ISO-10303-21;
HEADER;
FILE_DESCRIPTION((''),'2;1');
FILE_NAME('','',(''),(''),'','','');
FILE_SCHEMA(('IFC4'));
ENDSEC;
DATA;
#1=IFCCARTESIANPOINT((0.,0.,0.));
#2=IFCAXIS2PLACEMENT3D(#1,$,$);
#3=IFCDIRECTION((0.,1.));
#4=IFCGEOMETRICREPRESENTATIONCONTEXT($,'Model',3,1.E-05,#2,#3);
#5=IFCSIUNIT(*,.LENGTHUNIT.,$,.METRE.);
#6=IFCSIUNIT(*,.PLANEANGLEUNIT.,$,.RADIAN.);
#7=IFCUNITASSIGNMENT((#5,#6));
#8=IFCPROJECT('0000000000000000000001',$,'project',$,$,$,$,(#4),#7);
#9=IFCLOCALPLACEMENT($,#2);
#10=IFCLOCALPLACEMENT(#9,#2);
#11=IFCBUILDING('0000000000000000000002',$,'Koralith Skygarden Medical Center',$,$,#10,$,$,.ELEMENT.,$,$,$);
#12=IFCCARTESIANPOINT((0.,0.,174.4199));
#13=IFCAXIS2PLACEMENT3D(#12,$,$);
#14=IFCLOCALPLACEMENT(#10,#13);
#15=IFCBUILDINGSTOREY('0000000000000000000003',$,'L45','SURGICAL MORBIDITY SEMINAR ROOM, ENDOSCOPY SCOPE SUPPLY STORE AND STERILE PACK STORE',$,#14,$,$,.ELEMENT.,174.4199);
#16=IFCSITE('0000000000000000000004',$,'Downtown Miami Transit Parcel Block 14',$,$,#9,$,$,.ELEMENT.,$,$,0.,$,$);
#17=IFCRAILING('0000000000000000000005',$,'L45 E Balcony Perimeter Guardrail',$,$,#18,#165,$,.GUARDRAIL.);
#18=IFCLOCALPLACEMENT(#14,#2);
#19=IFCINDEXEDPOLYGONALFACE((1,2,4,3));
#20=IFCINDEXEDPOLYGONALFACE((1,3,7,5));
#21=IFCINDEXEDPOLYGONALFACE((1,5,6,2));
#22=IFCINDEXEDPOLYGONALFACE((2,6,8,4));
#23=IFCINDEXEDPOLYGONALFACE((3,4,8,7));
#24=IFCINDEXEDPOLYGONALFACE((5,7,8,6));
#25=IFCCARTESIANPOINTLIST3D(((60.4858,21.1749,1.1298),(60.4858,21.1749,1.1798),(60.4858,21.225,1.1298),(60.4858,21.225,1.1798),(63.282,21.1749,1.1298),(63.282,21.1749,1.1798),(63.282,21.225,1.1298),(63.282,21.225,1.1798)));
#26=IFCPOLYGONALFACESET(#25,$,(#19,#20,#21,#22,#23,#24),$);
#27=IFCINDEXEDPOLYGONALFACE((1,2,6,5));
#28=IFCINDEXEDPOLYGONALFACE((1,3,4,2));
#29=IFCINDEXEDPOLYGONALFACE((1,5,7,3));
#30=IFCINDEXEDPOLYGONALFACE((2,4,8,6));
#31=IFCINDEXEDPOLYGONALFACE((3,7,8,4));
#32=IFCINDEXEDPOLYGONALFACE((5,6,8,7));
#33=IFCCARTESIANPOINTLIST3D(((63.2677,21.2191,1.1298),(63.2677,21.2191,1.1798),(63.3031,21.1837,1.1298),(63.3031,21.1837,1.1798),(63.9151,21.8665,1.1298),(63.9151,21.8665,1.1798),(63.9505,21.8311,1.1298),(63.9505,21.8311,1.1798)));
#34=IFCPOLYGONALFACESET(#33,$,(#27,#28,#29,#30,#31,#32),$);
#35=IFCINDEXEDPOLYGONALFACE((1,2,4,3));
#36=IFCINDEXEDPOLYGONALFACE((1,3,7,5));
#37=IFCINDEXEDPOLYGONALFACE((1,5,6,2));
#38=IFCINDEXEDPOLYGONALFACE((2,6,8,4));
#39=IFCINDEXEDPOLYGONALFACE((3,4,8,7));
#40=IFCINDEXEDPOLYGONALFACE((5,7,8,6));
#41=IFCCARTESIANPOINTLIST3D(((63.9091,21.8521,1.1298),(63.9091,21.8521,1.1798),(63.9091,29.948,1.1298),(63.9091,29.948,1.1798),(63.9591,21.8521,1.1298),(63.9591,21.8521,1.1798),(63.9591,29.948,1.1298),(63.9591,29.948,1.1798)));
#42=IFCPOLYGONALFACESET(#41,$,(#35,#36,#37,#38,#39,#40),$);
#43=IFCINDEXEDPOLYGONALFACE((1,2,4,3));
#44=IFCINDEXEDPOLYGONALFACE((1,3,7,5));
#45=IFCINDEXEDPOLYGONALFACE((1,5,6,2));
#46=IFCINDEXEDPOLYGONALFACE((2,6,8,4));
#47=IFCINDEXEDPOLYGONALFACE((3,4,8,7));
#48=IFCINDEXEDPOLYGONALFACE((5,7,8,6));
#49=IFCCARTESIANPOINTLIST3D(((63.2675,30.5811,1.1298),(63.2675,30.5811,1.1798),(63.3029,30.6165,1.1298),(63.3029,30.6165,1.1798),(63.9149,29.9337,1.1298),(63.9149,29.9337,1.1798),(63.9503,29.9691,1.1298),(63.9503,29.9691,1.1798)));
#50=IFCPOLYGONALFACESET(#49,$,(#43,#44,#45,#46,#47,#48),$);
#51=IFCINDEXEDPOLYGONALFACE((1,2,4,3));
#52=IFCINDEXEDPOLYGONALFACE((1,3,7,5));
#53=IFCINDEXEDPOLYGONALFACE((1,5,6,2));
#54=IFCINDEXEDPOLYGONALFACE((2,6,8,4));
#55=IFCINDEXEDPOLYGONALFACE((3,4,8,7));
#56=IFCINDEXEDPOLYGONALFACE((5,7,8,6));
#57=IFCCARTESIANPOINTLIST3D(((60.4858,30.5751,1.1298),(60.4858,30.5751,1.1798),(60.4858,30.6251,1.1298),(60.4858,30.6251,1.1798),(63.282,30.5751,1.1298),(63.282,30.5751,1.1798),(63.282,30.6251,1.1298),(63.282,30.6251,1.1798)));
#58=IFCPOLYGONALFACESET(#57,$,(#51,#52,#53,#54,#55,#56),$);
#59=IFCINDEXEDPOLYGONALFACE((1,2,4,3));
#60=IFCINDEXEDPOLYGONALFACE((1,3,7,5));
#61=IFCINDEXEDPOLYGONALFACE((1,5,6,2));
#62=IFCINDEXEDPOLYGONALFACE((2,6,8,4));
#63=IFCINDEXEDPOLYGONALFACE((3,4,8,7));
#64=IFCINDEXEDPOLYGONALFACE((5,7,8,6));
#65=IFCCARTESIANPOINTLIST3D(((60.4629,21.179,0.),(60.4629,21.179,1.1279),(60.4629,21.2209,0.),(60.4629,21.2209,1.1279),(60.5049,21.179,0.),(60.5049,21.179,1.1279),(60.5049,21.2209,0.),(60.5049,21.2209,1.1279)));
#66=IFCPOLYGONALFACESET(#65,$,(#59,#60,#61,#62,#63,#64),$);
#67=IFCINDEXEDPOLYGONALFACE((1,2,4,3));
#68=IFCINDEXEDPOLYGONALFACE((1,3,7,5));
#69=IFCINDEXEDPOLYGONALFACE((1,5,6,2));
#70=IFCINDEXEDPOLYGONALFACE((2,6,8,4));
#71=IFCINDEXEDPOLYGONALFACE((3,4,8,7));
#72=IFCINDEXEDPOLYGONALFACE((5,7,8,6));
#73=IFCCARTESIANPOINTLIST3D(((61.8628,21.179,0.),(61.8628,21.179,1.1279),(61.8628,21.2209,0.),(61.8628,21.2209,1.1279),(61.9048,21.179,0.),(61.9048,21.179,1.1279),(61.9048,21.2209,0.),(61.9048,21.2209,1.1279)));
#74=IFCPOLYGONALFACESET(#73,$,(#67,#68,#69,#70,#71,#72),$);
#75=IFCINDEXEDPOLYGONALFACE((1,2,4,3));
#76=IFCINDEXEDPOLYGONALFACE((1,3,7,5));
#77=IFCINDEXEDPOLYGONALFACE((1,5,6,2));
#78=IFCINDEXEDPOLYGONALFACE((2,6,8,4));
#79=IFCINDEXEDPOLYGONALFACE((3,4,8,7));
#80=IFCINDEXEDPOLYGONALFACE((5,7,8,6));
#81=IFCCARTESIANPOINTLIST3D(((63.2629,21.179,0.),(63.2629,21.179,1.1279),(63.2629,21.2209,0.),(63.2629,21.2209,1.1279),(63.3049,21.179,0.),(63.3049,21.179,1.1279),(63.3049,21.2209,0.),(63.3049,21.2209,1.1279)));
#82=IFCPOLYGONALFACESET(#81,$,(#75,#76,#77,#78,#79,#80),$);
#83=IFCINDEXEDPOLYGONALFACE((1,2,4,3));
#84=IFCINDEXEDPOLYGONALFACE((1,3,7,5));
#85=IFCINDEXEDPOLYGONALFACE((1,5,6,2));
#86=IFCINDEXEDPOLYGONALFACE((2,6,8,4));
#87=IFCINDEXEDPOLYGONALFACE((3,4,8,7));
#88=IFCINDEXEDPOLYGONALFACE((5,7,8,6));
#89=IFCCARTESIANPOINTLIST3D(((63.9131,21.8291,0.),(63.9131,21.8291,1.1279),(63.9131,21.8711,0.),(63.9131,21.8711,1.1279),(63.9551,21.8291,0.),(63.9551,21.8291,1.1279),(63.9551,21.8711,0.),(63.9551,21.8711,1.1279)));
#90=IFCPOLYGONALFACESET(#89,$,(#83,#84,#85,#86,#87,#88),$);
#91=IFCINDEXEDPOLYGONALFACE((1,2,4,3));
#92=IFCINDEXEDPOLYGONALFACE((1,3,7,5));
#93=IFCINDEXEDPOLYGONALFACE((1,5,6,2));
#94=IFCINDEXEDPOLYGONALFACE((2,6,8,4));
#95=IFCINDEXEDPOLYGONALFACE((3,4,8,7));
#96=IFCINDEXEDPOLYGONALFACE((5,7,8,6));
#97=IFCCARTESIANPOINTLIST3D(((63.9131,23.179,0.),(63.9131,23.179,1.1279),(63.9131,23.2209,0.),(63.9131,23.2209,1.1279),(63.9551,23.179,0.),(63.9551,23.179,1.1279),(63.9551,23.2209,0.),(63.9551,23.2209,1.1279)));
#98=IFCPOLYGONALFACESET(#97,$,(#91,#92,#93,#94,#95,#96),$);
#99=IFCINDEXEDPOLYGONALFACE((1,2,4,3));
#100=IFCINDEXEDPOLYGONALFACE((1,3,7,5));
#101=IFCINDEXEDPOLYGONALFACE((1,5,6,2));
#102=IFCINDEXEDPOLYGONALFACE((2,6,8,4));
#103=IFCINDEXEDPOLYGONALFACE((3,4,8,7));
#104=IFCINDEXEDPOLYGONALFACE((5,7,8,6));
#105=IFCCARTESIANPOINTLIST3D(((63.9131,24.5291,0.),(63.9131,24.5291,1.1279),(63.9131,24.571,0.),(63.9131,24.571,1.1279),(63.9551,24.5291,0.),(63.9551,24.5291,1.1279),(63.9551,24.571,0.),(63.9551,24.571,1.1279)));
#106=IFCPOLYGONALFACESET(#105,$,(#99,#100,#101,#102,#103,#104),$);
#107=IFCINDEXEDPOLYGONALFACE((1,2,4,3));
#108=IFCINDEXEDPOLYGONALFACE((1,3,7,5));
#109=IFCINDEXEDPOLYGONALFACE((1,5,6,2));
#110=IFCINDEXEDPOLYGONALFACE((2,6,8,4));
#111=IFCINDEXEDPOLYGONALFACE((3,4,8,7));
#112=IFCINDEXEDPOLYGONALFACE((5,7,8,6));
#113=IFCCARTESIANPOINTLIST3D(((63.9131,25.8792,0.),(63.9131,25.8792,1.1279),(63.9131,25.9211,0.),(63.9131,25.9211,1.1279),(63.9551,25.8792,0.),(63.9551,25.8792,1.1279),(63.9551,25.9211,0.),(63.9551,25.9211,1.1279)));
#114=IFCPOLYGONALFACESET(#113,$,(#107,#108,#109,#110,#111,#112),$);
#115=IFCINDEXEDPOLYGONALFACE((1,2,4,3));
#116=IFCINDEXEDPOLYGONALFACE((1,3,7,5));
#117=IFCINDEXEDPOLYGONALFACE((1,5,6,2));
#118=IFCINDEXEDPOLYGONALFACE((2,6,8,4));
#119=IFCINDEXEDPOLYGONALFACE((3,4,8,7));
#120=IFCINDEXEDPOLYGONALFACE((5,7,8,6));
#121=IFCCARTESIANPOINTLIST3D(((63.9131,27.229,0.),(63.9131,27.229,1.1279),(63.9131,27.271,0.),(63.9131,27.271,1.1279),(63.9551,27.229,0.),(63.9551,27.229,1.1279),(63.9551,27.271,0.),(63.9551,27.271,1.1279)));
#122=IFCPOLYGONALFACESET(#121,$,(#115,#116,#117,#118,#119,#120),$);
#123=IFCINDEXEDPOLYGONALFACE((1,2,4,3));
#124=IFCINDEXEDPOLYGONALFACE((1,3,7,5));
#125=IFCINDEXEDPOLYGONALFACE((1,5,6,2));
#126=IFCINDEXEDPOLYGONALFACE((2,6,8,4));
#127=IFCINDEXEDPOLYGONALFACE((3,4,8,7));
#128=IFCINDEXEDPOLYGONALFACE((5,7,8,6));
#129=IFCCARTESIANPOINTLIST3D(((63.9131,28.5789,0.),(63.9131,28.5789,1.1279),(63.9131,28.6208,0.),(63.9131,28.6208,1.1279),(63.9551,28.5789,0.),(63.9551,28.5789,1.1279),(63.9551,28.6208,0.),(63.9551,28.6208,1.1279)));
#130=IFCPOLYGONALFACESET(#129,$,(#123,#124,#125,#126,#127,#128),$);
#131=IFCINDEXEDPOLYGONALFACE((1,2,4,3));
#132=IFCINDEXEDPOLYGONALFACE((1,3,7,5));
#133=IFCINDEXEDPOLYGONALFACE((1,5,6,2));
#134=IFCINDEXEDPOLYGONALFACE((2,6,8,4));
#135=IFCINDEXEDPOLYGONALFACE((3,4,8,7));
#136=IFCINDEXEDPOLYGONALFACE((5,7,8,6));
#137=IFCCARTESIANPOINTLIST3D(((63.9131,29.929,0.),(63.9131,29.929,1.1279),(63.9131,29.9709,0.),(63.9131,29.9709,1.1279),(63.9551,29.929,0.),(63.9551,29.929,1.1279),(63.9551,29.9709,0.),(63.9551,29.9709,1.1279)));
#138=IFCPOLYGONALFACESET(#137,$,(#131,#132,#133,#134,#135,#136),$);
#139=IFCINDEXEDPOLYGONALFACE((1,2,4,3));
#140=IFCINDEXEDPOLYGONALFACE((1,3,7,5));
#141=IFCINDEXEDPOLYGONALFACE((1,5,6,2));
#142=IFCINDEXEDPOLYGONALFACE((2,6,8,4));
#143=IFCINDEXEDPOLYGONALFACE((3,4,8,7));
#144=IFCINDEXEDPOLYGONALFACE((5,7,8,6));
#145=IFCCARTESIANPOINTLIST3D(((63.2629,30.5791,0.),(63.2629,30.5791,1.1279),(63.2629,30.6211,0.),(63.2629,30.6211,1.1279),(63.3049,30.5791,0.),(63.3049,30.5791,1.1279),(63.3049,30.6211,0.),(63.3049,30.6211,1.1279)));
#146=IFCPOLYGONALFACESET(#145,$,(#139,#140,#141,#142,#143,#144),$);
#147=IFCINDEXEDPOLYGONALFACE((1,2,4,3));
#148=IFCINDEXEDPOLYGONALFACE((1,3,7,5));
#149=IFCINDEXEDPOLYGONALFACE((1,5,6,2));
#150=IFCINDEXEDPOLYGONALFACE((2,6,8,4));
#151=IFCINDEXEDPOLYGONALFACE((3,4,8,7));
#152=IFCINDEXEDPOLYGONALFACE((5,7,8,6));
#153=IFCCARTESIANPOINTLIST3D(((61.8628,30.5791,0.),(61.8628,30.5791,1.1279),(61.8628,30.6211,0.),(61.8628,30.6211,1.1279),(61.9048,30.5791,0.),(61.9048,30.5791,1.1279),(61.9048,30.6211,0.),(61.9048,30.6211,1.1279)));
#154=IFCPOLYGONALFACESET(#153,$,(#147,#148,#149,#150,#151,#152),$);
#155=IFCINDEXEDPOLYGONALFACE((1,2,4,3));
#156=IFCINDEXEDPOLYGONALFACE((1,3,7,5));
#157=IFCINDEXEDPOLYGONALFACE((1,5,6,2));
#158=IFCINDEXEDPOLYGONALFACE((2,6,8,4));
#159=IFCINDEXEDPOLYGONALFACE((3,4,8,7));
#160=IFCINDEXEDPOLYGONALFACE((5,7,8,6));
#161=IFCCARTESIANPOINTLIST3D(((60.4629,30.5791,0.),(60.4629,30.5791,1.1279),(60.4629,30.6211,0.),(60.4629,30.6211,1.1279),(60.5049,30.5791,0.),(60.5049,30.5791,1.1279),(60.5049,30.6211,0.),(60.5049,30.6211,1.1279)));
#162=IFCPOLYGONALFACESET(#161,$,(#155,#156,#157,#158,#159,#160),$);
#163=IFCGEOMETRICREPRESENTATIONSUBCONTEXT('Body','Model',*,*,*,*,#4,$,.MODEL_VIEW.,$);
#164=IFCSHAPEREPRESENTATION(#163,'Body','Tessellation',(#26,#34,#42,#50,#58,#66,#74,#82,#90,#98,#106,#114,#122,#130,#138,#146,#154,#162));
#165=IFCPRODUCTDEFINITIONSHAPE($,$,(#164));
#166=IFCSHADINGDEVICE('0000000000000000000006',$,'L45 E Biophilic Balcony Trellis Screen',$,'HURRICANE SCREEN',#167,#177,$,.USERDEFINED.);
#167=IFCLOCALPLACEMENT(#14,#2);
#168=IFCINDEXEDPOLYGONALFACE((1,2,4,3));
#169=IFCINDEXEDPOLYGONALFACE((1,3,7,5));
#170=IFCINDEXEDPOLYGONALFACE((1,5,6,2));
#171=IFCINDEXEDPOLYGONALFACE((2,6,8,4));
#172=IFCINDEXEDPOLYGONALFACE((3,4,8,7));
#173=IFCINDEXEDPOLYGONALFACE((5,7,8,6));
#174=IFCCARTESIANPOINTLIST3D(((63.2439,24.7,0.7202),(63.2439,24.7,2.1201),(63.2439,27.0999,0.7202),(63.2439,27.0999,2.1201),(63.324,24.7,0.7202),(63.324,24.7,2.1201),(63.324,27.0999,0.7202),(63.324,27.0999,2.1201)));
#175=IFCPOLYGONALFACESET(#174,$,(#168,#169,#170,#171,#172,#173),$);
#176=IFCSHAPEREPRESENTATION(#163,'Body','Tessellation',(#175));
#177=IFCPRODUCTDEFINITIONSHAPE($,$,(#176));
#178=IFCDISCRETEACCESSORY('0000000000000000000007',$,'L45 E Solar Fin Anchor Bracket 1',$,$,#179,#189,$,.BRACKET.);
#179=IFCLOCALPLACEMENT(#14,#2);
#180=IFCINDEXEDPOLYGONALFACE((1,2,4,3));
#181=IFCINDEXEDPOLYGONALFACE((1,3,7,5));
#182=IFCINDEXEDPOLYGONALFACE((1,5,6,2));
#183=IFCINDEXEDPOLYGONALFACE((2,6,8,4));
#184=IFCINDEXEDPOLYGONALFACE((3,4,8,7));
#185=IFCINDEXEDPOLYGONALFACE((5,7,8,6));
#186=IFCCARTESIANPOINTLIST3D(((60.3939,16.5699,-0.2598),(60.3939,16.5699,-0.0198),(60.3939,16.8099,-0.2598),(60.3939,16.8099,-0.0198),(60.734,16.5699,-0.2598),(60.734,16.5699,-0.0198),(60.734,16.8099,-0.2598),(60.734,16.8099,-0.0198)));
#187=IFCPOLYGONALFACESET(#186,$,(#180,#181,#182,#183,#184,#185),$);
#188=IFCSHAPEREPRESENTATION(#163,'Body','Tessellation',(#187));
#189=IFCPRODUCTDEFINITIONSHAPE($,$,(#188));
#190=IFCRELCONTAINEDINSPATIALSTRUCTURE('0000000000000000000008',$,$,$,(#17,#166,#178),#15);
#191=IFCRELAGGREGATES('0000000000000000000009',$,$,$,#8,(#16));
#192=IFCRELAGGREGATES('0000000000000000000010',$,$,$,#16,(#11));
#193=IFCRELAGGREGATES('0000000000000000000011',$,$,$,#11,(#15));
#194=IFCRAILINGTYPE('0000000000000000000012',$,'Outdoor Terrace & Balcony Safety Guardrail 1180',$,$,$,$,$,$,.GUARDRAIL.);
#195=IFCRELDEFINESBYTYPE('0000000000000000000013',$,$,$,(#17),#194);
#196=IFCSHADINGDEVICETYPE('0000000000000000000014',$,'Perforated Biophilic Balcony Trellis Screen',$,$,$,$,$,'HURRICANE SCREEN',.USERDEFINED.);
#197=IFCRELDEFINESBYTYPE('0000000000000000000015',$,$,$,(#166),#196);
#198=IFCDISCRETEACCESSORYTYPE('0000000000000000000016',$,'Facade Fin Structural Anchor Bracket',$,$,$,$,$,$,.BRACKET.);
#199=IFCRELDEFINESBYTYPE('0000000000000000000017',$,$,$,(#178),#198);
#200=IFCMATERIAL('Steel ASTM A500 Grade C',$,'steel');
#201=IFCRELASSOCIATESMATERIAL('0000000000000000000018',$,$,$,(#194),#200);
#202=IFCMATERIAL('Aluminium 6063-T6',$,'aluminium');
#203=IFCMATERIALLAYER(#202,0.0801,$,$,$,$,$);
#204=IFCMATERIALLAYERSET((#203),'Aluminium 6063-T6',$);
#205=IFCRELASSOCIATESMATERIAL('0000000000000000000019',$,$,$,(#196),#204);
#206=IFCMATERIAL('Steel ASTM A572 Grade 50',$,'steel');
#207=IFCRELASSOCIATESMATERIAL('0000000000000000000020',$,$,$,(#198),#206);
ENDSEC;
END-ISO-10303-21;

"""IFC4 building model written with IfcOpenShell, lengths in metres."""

from ifc_helpers import new_model, si_unit, direction, frame, origin, origin_2d, place, context, subcontext, project, spatial, rectangle, extrude, material, layer, layer_set, type_object, element, save


model = new_model("IFC4")

# Units and contexts
model_context = context("Model", 3, precision=1e-05, world=origin(), true_north=direction((0.0, 1.0)))
body_context = subcontext(model_context, "Body", "Model", "MODEL_VIEW")
ifc_project = project(units=[si_unit("LENGTHUNIT", "METRE"), si_unit("PLANEANGLEUNIT", "RADIAN")], contexts=[model_context])

# Site, building, storey
site_placement = place(None, origin())
site = spatial("IfcSite", under=ifc_project, at=site_placement, Name="Downtown Miami Transit Parcel Block 14", CompositionType="ELEMENT", RefElevation=0.0)
building_placement = place(site_placement, origin())
building = spatial("IfcBuilding", under=site, at=building_placement, Name="Koralith Skygarden Medical Center", CompositionType="ELEMENT")
storey_placement = place(building_placement, frame((0.0, 0.0, 174.4199)))
storey = spatial("IfcBuildingStorey", under=building, at=storey_placement, Name="L45", Description="SURGICAL MORBIDITY SEMINAR ROOM, ENDOSCOPY SCOPE SUPPLY STORE AND STERILE PACK STORE", CompositionType="ELEMENT", Elevation=174.4199)

# Shared definitions
ifc_material_1 = material(Name="Aluminium 6063-T6", Category="aluminium")

# Railing
ifc_material_2 = material(Name="Steel ASTM A500 Grade C", Category="steel")
railing_type = type_object("IfcRailingType", Name="Outdoor Terrace & Balcony Safety Guardrail 1180", PredefinedType="GUARDRAIL", material=ifc_material_2)
railing_placement = place(storey_placement, frame((60.4839, 21.2, 0.0)))
element("IfcRailing", 1, at=railing_placement, inside=storey, type_object=railing_type, Name="L45 E Balcony Perimeter Guardrail", PredefinedType="GUARDRAIL", context=body_context, shape_type="SweptSolid", body=[
    extrude(rectangle(XDim=0.05, YDim=0.05, at=origin_2d()), frame((0.002, 0.0, 1.1548), z_axis=(1.0, 0.0, 0.0), x_axis=(0.0, 1.0, 0.0)), (0.0, 0.0, 1.0), 2.7961),
    extrude(rectangle(XDim=0.05, YDim=0.05, at=origin_2d()), frame((2.8015, 0.0015, 1.1548), z_axis=(0.707107, 0.707107, 0.0), x_axis=(-0.707107, 0.707107, 0.0)), (0.0, 0.0, 1.0), 0.9155),
    extrude(rectangle(XDim=0.05, YDim=0.05, at=origin_2d()), frame((3.4502, 0.6521, 1.1548), z_axis=(0.0, 1.0, 0.0), x_axis=(-1.0, 0.0, 0.0)), (0.0, 0.0, 1.0), 8.0959),
    extrude(rectangle(XDim=0.05, YDim=0.05, at=origin_2d()), frame((3.4487, 8.7515, 1.1548), z_axis=(-0.707107, 0.707107, 0.0), x_axis=(-0.707107, -0.707107, 0.0)), (0.0, 0.0, 1.0), 0.9155),
    extrude(rectangle(XDim=0.05, YDim=0.05, at=origin_2d()), frame((2.7981, 9.4001, 1.1548), z_axis=(-1.0, 0.0, 0.0), x_axis=(0.0, -1.0, 0.0)), (0.0, 0.0, 1.0), 2.7961),
    extrude(rectangle(XDim=0.042, YDim=0.042, at=origin_2d()), origin(), (0.0, 0.0, 1.0), 1.1279),
    extrude(rectangle(XDim=0.042, YDim=0.042, at=origin_2d()), frame((1.3999, 0.0, 0.0)), (0.0, 0.0, 1.0), 1.1279),
    extrude(rectangle(XDim=0.042, YDim=0.042, at=origin_2d()), frame((2.8, 0.0, 0.0)), (0.0, 0.0, 1.0), 1.1279),
    extrude(rectangle(XDim=0.042, YDim=0.042, at=origin_2d()), frame((3.4502, 0.6501, 0.0)), (0.0, 0.0, 1.0), 1.1279),
    extrude(rectangle(XDim=0.042, YDim=0.042, at=origin_2d()), frame((3.4502, 2.0, 0.0)), (0.0, 0.0, 1.0), 1.1279),
    extrude(rectangle(XDim=0.042, YDim=0.042, at=origin_2d()), frame((3.4502, 3.3501, 0.0)), (0.0, 0.0, 1.0), 1.1279),
    extrude(rectangle(XDim=0.042, YDim=0.042, at=origin_2d()), frame((3.4502, 4.7002, 0.0)), (0.0, 0.0, 1.0), 1.1279),
    extrude(rectangle(XDim=0.042, YDim=0.042, at=origin_2d()), frame((3.4502, 6.05, 0.0)), (0.0, 0.0, 1.0), 1.1279),
    extrude(rectangle(XDim=0.042, YDim=0.042, at=origin_2d()), frame((3.4502, 7.3999, 0.0)), (0.0, 0.0, 1.0), 1.1279),
    extrude(rectangle(XDim=0.042, YDim=0.042, at=origin_2d()), frame((3.4502, 8.75, 0.0)), (0.0, 0.0, 1.0), 1.1279),
    extrude(rectangle(XDim=0.042, YDim=0.042, at=origin_2d()), frame((2.8, 9.4001, 0.0)), (0.0, 0.0, 1.0), 1.1279),
    extrude(rectangle(XDim=0.042, YDim=0.042, at=origin_2d()), frame((1.3999, 9.4001, 0.0)), (0.0, 0.0, 1.0), 1.1279),
    extrude(rectangle(XDim=0.042, YDim=0.042, at=origin_2d()), frame((0.0, 9.4001, 0.0)), (0.0, 0.0, 1.0), 1.1279),
])

# Shading device
ifc_layer_1 = layer(ifc_material_1, 0.0801)
ifc_layer_set_1 = layer_set([ifc_layer_1], Name="Aluminium 6063-T6")
shading_device_type_1 = type_object("IfcShadingDeviceType", Name="Perforated Biophilic Balcony Trellis Screen", ElementType="HURRICANE SCREEN", PredefinedType="USERDEFINED", material=ifc_layer_set_1)
shading_device_1_placement = place(storey_placement, frame((63.2839, 25.8999, 0.7202), z_axis=(0.0, 0.0, 1.0), x_axis=(0.0, 1.0, 0.0)))
element("IfcShadingDevice", 2, at=shading_device_1_placement, inside=storey, type_object=shading_device_type_1, Name="L45 E Biophilic Balcony Trellis Screen", ObjectType="HURRICANE SCREEN", PredefinedType="USERDEFINED", context=body_context, shape_type="SweptSolid", body=[
    extrude(rectangle(XDim=2.3999, YDim=0.0801, at=origin_2d()), origin(), (0.0, 0.0, 1.0), 1.3999),
])

# Discrete accessory
ifc_material_3 = material(Name="Steel ASTM A572 Grade 50", Category="steel")
discrete_accessory_type = type_object("IfcDiscreteAccessoryType", Name="Facade Fin Structural Anchor Bracket", PredefinedType="BRACKET", material=ifc_material_3)
discrete_accessory_placement = place(storey_placement, frame((60.564, 16.6899, -0.2598), z_axis=(0.0, 0.0, 1.0), x_axis=(1.0, 0.0, 0.0)))
element("IfcDiscreteAccessory", 3, at=discrete_accessory_placement, inside=storey, type_object=discrete_accessory_type, Name="L45 E Solar Fin Anchor Bracket 1", PredefinedType="BRACKET", context=body_context, shape_type="SweptSolid", body=[
    extrude(rectangle(XDim=0.3401, YDim=0.24, at=origin_2d()), origin(), (0.0, 0.0, 1.0), 0.24),
])

save(model, "model.ifc")
